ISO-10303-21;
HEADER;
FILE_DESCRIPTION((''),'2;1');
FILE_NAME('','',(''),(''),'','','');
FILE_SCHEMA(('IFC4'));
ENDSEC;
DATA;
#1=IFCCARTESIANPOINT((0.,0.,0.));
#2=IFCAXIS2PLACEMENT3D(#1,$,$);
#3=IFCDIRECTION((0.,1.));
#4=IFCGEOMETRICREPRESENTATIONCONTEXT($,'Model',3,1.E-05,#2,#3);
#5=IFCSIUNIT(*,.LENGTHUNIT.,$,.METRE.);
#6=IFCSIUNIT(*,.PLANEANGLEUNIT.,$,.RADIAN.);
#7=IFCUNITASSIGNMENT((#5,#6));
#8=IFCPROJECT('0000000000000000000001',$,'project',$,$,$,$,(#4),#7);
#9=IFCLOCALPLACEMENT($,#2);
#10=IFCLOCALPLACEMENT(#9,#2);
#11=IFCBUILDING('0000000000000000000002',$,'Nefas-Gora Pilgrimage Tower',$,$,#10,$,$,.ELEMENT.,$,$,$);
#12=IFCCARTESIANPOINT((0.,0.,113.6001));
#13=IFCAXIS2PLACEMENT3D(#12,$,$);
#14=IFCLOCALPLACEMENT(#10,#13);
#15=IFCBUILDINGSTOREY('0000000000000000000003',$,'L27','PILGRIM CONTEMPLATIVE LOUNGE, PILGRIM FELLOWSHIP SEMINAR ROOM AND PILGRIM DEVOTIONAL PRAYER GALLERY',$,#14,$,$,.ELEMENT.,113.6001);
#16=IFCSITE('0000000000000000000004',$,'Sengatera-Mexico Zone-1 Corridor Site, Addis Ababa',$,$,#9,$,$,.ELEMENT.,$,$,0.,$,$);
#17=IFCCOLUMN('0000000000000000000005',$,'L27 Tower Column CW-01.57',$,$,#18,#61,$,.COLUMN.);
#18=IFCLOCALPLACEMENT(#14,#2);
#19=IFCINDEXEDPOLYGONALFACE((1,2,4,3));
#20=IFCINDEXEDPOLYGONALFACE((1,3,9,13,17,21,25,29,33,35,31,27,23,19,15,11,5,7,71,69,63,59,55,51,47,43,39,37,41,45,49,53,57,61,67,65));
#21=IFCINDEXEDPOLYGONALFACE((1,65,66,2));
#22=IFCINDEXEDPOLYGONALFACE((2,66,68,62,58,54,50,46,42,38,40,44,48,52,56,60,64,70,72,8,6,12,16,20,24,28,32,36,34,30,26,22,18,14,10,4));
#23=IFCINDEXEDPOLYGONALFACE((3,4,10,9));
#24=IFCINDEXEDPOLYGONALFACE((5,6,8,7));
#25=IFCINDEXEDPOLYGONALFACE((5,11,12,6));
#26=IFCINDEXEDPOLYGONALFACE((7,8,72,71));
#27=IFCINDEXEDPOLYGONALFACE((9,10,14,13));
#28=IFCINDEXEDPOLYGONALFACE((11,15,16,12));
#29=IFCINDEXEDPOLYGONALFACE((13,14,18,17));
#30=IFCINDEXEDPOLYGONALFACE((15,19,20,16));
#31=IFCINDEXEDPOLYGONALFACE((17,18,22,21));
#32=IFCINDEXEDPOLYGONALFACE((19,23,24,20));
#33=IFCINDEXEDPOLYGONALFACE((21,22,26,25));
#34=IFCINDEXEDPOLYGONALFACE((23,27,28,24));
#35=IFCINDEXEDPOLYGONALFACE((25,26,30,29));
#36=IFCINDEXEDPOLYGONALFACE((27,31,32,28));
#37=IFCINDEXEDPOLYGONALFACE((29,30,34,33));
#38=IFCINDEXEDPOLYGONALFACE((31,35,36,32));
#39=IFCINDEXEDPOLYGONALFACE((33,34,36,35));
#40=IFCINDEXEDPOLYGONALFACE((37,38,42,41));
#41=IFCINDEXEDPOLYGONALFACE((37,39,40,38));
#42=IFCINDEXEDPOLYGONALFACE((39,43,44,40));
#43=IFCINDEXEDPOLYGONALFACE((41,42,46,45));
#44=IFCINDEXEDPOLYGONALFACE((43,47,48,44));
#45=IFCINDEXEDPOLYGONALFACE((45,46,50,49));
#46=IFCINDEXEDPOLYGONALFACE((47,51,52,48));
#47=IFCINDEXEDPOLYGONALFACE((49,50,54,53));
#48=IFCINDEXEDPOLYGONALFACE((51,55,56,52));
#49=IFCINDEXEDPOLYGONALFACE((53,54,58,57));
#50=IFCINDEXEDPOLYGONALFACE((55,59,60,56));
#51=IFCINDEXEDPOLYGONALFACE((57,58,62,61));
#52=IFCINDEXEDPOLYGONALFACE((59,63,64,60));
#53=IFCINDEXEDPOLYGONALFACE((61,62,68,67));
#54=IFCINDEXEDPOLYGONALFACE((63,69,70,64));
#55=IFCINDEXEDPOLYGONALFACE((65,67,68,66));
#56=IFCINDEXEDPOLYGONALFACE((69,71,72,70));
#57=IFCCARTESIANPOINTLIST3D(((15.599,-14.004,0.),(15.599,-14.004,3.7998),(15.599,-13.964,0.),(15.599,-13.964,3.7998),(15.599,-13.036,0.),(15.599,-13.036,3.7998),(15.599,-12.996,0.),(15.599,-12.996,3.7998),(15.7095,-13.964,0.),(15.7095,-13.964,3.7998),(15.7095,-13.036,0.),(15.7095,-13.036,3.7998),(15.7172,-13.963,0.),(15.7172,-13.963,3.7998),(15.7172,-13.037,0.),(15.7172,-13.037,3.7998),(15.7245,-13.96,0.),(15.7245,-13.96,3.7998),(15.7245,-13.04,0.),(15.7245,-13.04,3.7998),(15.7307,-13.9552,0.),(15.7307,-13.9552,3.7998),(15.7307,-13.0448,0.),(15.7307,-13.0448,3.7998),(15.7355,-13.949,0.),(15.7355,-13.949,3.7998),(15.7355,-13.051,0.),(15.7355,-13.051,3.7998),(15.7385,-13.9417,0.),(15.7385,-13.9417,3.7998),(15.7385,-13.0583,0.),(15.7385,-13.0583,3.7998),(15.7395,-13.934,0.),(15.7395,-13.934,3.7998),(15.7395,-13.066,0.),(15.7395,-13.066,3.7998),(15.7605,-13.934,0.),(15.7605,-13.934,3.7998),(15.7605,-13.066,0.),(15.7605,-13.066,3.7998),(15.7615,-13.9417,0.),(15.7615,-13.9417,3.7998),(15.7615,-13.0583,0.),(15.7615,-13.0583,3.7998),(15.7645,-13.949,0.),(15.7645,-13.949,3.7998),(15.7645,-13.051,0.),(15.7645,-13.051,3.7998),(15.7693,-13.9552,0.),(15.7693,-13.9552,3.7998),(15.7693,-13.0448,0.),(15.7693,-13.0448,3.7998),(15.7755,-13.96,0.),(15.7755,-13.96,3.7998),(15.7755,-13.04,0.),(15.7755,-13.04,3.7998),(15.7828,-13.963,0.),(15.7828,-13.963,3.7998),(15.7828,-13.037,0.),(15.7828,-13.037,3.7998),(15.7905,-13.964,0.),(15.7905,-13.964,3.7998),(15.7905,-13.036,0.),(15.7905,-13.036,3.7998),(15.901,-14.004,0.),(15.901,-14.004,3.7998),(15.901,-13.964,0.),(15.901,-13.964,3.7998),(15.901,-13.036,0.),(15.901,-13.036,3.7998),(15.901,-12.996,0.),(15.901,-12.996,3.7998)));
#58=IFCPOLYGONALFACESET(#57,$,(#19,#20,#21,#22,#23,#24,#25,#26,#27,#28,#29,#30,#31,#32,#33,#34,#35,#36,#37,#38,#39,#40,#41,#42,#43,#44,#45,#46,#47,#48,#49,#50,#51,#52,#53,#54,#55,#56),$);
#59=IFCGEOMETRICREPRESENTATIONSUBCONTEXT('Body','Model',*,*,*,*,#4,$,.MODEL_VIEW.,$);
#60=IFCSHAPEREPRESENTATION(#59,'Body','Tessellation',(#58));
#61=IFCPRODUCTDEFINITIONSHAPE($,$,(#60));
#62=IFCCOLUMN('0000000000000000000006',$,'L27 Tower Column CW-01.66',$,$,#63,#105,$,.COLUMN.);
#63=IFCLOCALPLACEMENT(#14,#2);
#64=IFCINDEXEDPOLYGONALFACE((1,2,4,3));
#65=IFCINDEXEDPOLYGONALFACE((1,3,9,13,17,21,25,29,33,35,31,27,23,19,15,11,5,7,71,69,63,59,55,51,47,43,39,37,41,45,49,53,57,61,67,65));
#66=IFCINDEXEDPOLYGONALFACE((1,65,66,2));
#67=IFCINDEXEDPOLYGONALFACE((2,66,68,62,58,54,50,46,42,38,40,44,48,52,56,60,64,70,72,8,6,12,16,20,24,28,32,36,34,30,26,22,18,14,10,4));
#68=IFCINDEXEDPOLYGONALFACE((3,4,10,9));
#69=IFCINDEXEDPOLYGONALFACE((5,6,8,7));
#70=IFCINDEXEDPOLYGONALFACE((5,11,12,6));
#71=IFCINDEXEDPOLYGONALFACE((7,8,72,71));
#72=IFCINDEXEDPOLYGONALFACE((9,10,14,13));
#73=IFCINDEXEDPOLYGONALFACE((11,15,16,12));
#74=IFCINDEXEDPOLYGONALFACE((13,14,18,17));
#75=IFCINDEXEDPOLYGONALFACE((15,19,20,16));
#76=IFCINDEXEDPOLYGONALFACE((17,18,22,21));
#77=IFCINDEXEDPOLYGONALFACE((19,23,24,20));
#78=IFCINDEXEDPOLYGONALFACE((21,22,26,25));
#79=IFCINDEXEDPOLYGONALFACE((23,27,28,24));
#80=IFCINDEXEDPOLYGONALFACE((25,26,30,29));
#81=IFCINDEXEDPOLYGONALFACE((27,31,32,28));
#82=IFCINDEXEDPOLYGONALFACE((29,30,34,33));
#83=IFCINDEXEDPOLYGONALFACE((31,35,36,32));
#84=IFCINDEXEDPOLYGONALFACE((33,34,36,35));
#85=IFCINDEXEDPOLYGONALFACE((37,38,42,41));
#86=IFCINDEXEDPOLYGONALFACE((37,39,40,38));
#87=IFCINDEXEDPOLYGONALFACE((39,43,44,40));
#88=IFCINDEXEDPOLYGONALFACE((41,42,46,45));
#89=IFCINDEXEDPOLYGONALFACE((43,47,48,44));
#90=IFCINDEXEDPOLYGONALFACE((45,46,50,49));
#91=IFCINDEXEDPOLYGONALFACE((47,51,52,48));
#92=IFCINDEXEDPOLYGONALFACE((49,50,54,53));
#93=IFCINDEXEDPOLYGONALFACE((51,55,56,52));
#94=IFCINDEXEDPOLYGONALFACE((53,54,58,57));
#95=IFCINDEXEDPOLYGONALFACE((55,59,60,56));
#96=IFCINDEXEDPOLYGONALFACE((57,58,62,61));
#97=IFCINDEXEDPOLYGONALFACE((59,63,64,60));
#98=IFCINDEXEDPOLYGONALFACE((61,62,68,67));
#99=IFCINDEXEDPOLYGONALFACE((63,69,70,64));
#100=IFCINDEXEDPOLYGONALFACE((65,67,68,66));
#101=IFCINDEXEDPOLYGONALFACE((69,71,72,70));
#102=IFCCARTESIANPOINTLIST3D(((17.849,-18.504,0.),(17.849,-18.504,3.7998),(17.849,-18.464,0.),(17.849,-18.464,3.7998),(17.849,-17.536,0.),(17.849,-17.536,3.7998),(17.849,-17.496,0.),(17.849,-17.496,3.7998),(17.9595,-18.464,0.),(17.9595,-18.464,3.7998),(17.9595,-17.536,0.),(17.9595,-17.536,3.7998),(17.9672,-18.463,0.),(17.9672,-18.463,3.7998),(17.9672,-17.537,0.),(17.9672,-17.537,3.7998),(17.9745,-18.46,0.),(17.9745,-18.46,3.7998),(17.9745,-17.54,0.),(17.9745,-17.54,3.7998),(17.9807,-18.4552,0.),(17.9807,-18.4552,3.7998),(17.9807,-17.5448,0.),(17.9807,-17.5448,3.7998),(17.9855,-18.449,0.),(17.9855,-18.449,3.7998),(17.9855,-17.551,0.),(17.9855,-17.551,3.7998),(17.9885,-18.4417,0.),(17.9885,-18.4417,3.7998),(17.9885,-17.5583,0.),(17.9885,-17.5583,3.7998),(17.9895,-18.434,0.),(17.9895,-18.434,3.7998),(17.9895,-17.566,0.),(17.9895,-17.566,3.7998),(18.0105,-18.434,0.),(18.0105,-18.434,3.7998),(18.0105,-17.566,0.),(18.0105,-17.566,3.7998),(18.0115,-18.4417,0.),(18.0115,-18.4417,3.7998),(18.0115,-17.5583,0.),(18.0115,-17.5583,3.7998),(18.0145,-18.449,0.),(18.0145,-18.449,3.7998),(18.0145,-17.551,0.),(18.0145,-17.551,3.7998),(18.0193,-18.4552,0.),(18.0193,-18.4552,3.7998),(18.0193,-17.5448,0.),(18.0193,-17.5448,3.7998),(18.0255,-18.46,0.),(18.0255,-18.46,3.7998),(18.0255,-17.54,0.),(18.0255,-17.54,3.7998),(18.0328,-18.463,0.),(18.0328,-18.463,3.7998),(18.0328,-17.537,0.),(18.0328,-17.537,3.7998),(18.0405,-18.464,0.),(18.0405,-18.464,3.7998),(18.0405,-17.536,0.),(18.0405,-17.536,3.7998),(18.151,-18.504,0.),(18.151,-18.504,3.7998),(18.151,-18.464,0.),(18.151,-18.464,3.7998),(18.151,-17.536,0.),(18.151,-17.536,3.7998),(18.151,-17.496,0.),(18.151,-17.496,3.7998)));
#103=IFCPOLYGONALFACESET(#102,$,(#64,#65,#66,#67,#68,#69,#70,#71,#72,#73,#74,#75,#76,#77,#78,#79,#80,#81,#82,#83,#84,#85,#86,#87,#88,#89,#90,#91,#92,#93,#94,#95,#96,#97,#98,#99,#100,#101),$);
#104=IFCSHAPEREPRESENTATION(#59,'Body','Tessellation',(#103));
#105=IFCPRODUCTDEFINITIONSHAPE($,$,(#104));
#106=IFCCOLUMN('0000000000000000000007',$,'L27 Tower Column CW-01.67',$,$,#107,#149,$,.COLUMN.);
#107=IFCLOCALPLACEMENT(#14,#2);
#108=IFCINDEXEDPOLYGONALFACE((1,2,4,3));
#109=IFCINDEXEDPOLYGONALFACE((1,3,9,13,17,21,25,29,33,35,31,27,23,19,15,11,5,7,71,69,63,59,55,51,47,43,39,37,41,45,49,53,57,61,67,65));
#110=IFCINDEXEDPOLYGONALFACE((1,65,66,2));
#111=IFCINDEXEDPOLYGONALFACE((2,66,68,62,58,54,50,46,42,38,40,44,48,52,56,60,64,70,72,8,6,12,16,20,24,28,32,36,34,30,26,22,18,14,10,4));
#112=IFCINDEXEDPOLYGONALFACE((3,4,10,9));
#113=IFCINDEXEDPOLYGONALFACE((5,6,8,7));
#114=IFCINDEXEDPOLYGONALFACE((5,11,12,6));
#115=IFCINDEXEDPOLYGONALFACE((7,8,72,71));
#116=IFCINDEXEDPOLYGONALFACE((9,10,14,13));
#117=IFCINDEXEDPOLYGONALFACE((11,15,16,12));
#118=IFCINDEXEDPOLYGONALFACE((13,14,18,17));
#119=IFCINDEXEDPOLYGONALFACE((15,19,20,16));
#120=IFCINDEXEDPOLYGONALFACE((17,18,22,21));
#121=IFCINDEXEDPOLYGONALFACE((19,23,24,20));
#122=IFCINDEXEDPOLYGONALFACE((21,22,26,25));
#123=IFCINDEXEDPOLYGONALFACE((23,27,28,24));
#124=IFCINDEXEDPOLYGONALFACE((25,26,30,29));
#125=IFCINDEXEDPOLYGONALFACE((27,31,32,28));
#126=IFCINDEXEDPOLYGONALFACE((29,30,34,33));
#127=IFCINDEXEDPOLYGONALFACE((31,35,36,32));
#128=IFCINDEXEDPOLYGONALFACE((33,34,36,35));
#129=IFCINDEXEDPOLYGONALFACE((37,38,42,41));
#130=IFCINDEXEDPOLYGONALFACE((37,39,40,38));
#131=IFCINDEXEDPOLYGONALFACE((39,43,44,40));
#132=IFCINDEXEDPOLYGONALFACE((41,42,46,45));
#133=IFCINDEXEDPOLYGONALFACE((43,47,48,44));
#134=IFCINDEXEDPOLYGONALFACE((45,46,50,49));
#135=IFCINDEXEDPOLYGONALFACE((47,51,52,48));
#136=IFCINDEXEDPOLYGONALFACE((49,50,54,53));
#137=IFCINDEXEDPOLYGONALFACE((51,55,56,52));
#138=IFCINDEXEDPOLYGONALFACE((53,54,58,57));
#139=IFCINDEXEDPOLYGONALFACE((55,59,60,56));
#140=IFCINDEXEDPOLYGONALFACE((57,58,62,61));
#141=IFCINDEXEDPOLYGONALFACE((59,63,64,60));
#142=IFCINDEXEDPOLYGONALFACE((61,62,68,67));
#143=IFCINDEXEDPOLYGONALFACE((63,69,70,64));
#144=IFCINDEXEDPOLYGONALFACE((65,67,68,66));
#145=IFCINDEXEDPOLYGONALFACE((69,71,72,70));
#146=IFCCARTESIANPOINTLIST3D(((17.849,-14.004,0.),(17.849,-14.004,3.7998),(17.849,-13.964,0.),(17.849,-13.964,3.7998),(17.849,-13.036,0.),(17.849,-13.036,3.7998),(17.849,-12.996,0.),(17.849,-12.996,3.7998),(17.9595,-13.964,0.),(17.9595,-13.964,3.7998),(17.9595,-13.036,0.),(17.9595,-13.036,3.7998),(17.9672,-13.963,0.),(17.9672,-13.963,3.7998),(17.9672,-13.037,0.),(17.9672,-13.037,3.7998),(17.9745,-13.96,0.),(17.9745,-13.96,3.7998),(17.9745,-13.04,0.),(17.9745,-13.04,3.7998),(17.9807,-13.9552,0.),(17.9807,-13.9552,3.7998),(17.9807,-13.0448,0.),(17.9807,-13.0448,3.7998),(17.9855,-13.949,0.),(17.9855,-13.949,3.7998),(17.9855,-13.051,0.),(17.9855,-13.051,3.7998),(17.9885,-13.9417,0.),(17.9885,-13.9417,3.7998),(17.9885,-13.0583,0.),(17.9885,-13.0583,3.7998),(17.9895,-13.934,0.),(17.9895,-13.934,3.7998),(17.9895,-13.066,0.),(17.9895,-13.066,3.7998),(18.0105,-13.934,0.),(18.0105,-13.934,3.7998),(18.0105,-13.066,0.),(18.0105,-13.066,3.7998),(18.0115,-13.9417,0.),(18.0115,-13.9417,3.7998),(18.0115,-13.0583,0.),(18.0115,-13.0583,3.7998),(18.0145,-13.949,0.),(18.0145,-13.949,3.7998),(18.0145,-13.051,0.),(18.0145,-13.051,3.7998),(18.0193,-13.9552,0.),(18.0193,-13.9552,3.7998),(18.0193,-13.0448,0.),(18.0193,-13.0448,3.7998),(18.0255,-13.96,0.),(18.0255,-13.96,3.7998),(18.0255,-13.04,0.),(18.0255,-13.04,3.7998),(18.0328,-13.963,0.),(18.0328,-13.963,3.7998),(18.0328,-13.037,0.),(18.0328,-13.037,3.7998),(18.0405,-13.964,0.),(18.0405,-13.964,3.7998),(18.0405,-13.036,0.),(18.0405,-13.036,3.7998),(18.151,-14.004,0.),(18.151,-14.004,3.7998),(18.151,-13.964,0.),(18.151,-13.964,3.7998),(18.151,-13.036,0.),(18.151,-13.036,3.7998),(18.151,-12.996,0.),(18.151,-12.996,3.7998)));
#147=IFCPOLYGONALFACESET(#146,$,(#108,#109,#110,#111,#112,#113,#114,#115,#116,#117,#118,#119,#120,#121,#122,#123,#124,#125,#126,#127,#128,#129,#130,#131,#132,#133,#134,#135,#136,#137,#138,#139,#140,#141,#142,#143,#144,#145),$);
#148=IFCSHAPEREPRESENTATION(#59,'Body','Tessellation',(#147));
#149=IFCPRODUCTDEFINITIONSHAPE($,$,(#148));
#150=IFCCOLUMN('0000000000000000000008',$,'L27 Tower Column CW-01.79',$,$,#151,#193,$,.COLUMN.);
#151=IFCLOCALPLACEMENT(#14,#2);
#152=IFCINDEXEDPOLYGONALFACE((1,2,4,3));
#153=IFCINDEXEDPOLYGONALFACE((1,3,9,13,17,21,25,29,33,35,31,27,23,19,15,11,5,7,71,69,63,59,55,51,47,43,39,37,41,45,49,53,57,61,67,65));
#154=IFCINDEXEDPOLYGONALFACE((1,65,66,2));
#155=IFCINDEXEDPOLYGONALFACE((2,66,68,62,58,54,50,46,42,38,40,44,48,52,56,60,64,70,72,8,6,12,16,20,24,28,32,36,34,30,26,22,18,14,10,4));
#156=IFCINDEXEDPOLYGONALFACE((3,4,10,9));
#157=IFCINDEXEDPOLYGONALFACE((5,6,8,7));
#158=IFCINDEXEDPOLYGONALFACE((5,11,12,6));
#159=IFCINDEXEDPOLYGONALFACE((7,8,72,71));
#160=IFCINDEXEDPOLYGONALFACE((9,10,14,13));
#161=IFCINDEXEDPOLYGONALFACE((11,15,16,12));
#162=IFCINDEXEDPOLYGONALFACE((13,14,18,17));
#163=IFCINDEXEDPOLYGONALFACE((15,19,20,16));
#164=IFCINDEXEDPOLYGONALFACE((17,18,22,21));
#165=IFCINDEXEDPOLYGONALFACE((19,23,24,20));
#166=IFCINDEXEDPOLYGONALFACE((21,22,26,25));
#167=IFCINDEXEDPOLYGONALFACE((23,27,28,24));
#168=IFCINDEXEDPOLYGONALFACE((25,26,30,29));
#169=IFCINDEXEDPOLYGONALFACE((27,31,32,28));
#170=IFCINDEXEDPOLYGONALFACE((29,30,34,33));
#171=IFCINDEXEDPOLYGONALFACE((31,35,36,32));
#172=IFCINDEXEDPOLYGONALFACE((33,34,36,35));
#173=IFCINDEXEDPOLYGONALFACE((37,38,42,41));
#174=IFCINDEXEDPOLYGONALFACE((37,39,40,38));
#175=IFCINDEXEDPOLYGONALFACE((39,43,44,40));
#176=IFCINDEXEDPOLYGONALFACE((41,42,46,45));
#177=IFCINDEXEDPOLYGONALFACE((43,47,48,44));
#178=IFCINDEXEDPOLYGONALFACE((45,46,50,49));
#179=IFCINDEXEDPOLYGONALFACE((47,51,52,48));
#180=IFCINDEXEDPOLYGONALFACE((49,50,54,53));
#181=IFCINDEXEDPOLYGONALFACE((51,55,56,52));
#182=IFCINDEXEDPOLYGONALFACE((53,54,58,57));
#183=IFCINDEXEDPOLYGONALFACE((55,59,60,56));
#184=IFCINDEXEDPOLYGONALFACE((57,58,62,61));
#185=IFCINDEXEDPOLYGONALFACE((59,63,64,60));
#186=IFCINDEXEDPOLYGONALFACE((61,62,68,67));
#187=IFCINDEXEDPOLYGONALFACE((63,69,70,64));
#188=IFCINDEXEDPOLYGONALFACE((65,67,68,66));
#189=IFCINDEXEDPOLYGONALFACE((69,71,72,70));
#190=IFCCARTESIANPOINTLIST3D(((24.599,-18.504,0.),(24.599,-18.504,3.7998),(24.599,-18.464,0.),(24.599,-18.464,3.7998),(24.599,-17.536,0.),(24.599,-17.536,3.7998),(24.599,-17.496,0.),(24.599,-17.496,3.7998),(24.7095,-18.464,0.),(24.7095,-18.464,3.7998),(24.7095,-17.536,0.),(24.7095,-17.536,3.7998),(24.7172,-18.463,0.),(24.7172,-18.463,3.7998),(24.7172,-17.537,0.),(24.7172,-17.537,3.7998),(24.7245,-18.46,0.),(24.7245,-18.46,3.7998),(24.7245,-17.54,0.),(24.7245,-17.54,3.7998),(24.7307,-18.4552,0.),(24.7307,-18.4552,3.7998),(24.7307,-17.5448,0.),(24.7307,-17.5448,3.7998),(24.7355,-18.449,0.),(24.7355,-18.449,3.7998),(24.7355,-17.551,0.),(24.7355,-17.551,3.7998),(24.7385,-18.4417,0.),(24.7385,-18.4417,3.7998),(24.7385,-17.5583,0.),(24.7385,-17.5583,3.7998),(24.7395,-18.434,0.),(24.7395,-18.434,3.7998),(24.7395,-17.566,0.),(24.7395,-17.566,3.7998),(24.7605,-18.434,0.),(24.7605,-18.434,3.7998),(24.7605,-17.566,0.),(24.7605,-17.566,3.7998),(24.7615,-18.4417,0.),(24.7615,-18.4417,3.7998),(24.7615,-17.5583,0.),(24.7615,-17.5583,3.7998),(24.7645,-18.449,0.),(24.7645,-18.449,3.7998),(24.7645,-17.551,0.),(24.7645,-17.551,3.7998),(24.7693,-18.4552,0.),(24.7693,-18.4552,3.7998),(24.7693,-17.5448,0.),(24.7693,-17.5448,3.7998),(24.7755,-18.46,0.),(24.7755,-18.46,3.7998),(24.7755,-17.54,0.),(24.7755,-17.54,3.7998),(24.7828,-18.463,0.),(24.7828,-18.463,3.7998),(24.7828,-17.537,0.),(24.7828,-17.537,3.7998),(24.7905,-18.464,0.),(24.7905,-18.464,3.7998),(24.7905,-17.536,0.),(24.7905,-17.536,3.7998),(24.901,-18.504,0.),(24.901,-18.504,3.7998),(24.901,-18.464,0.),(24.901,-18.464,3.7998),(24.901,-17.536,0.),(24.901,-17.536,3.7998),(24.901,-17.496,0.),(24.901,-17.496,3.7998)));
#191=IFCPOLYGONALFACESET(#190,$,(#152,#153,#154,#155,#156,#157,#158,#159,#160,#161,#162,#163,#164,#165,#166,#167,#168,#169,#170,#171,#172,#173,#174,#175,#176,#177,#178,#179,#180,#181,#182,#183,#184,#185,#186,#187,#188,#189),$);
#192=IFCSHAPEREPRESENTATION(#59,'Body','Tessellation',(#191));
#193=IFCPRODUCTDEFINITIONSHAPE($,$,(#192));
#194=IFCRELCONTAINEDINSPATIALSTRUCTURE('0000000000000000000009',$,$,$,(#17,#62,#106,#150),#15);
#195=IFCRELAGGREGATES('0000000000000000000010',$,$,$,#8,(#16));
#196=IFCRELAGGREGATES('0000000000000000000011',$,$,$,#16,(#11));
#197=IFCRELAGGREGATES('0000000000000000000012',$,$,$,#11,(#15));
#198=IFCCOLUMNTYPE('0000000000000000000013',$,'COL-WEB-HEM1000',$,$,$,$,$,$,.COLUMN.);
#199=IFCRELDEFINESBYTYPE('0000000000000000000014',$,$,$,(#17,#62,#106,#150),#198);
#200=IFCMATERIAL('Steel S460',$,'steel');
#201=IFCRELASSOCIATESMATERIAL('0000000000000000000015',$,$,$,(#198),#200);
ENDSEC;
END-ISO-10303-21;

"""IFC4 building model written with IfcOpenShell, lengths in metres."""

from ifc_helpers import new_model, si_unit, direction, frame, origin, origin_2d, place, context, subcontext, project, spatial, i_section, extrude, source, transform, mapped, material, material_profile, profile_set, type_object, element, save


model = new_model("IFC4")

# Units and contexts
model_context = context("Model", 3, precision=1e-05, world=origin(), true_north=direction((0.0, 1.0)))
body_context = subcontext(model_context, "Body", "Model", "MODEL_VIEW")
ifc_project = project(units=[si_unit("LENGTHUNIT", "METRE"), si_unit("PLANEANGLEUNIT", "RADIAN")], contexts=[model_context])

# Site, building, storey
site_placement = place(None, origin())
site = spatial("IfcSite", under=ifc_project, at=site_placement, Name="Sengatera-Mexico Zone-1 Corridor Site, Addis Ababa", CompositionType="ELEMENT", RefElevation=0.0)
building_placement = place(site_placement, origin())
building = spatial("IfcBuilding", under=site, at=building_placement, Name="Nefas-Gora Pilgrimage Tower", CompositionType="ELEMENT")
storey_placement = place(building_placement, frame((0.0, 0.0, 113.6001)))
storey = spatial("IfcBuildingStorey", under=building, at=storey_placement, Name="L27", Description="PILGRIM CONTEMPLATIVE LOUNGE, PILGRIM FELLOWSHIP SEMINAR ROOM AND PILGRIM DEVOTIONAL PRAYER GALLERY", CompositionType="ELEMENT", Elevation=113.6001)

# Columns
ifc_material_1 = material(Name="Steel S460", Category="steel")
ifc_material_profile_1 = material_profile(ifc_material_1, i_section(OverallWidth=0.302, OverallDepth=1.0081, WebThickness=0.021, FlangeThickness=0.04, FilletRadius=0.03, at=origin_2d()), Name="HEM 1000")
ifc_profile_set_1 = profile_set([ifc_material_profile_1], Name="Steel S460")
column_type_1 = type_object("IfcColumnType", Name="COL-WEB-HEM1000", PredefinedType="COLUMN", material=ifc_profile_set_1)
shared_shape_1 = source(origin(), body_context, "Body", "SweptSolid", [
    extrude(i_section(OverallWidth=0.302, OverallDepth=1.0081, WebThickness=0.021, FlangeThickness=0.04, FilletRadius=0.03, at=origin_2d()), origin(), (0.0, 0.0, 1.0), 3.7998),
])
for number, where, z_axis, x_axis, name in (
    (1, (15.75, -13.5, 0.0), (0.0, 0.0, 1.0), (1.0, 0.0, 0.0), "L27 Tower Column CW-01.57"),
    (2, (18.0, -18.0, 0.0), (0.0, 0.0, 1.0), (1.0, 0.0, 0.0), "L27 Tower Column CW-01.66"),
    (3, (18.0, -13.5, 0.0), (0.0, 0.0, 1.0), (1.0, 0.0, 0.0), "L27 Tower Column CW-01.67"),
    (4, (24.75, -18.0, 0.0), (0.0, 0.0, 1.0), (1.0, 0.0, 0.0), "L27 Tower Column CW-01.79"),
):
    element("IfcColumn", number, at=place(storey_placement, frame(where, z_axis=z_axis, x_axis=x_axis)), inside=storey, type_object=column_type_1, Name=name, PredefinedType="COLUMN", context=body_context, shape_type="MappedRepresentation", body=[
        mapped(shared_shape_1, transform((0.0, 0.0, 0.0), x_axis=(1.0, 0.0, 0.0), y_axis=(0.0, 1.0, 0.0), z_axis=(0.0, 0.0, 1.0), scale=1.0)),
    ])

save(model, "model.ifc")
